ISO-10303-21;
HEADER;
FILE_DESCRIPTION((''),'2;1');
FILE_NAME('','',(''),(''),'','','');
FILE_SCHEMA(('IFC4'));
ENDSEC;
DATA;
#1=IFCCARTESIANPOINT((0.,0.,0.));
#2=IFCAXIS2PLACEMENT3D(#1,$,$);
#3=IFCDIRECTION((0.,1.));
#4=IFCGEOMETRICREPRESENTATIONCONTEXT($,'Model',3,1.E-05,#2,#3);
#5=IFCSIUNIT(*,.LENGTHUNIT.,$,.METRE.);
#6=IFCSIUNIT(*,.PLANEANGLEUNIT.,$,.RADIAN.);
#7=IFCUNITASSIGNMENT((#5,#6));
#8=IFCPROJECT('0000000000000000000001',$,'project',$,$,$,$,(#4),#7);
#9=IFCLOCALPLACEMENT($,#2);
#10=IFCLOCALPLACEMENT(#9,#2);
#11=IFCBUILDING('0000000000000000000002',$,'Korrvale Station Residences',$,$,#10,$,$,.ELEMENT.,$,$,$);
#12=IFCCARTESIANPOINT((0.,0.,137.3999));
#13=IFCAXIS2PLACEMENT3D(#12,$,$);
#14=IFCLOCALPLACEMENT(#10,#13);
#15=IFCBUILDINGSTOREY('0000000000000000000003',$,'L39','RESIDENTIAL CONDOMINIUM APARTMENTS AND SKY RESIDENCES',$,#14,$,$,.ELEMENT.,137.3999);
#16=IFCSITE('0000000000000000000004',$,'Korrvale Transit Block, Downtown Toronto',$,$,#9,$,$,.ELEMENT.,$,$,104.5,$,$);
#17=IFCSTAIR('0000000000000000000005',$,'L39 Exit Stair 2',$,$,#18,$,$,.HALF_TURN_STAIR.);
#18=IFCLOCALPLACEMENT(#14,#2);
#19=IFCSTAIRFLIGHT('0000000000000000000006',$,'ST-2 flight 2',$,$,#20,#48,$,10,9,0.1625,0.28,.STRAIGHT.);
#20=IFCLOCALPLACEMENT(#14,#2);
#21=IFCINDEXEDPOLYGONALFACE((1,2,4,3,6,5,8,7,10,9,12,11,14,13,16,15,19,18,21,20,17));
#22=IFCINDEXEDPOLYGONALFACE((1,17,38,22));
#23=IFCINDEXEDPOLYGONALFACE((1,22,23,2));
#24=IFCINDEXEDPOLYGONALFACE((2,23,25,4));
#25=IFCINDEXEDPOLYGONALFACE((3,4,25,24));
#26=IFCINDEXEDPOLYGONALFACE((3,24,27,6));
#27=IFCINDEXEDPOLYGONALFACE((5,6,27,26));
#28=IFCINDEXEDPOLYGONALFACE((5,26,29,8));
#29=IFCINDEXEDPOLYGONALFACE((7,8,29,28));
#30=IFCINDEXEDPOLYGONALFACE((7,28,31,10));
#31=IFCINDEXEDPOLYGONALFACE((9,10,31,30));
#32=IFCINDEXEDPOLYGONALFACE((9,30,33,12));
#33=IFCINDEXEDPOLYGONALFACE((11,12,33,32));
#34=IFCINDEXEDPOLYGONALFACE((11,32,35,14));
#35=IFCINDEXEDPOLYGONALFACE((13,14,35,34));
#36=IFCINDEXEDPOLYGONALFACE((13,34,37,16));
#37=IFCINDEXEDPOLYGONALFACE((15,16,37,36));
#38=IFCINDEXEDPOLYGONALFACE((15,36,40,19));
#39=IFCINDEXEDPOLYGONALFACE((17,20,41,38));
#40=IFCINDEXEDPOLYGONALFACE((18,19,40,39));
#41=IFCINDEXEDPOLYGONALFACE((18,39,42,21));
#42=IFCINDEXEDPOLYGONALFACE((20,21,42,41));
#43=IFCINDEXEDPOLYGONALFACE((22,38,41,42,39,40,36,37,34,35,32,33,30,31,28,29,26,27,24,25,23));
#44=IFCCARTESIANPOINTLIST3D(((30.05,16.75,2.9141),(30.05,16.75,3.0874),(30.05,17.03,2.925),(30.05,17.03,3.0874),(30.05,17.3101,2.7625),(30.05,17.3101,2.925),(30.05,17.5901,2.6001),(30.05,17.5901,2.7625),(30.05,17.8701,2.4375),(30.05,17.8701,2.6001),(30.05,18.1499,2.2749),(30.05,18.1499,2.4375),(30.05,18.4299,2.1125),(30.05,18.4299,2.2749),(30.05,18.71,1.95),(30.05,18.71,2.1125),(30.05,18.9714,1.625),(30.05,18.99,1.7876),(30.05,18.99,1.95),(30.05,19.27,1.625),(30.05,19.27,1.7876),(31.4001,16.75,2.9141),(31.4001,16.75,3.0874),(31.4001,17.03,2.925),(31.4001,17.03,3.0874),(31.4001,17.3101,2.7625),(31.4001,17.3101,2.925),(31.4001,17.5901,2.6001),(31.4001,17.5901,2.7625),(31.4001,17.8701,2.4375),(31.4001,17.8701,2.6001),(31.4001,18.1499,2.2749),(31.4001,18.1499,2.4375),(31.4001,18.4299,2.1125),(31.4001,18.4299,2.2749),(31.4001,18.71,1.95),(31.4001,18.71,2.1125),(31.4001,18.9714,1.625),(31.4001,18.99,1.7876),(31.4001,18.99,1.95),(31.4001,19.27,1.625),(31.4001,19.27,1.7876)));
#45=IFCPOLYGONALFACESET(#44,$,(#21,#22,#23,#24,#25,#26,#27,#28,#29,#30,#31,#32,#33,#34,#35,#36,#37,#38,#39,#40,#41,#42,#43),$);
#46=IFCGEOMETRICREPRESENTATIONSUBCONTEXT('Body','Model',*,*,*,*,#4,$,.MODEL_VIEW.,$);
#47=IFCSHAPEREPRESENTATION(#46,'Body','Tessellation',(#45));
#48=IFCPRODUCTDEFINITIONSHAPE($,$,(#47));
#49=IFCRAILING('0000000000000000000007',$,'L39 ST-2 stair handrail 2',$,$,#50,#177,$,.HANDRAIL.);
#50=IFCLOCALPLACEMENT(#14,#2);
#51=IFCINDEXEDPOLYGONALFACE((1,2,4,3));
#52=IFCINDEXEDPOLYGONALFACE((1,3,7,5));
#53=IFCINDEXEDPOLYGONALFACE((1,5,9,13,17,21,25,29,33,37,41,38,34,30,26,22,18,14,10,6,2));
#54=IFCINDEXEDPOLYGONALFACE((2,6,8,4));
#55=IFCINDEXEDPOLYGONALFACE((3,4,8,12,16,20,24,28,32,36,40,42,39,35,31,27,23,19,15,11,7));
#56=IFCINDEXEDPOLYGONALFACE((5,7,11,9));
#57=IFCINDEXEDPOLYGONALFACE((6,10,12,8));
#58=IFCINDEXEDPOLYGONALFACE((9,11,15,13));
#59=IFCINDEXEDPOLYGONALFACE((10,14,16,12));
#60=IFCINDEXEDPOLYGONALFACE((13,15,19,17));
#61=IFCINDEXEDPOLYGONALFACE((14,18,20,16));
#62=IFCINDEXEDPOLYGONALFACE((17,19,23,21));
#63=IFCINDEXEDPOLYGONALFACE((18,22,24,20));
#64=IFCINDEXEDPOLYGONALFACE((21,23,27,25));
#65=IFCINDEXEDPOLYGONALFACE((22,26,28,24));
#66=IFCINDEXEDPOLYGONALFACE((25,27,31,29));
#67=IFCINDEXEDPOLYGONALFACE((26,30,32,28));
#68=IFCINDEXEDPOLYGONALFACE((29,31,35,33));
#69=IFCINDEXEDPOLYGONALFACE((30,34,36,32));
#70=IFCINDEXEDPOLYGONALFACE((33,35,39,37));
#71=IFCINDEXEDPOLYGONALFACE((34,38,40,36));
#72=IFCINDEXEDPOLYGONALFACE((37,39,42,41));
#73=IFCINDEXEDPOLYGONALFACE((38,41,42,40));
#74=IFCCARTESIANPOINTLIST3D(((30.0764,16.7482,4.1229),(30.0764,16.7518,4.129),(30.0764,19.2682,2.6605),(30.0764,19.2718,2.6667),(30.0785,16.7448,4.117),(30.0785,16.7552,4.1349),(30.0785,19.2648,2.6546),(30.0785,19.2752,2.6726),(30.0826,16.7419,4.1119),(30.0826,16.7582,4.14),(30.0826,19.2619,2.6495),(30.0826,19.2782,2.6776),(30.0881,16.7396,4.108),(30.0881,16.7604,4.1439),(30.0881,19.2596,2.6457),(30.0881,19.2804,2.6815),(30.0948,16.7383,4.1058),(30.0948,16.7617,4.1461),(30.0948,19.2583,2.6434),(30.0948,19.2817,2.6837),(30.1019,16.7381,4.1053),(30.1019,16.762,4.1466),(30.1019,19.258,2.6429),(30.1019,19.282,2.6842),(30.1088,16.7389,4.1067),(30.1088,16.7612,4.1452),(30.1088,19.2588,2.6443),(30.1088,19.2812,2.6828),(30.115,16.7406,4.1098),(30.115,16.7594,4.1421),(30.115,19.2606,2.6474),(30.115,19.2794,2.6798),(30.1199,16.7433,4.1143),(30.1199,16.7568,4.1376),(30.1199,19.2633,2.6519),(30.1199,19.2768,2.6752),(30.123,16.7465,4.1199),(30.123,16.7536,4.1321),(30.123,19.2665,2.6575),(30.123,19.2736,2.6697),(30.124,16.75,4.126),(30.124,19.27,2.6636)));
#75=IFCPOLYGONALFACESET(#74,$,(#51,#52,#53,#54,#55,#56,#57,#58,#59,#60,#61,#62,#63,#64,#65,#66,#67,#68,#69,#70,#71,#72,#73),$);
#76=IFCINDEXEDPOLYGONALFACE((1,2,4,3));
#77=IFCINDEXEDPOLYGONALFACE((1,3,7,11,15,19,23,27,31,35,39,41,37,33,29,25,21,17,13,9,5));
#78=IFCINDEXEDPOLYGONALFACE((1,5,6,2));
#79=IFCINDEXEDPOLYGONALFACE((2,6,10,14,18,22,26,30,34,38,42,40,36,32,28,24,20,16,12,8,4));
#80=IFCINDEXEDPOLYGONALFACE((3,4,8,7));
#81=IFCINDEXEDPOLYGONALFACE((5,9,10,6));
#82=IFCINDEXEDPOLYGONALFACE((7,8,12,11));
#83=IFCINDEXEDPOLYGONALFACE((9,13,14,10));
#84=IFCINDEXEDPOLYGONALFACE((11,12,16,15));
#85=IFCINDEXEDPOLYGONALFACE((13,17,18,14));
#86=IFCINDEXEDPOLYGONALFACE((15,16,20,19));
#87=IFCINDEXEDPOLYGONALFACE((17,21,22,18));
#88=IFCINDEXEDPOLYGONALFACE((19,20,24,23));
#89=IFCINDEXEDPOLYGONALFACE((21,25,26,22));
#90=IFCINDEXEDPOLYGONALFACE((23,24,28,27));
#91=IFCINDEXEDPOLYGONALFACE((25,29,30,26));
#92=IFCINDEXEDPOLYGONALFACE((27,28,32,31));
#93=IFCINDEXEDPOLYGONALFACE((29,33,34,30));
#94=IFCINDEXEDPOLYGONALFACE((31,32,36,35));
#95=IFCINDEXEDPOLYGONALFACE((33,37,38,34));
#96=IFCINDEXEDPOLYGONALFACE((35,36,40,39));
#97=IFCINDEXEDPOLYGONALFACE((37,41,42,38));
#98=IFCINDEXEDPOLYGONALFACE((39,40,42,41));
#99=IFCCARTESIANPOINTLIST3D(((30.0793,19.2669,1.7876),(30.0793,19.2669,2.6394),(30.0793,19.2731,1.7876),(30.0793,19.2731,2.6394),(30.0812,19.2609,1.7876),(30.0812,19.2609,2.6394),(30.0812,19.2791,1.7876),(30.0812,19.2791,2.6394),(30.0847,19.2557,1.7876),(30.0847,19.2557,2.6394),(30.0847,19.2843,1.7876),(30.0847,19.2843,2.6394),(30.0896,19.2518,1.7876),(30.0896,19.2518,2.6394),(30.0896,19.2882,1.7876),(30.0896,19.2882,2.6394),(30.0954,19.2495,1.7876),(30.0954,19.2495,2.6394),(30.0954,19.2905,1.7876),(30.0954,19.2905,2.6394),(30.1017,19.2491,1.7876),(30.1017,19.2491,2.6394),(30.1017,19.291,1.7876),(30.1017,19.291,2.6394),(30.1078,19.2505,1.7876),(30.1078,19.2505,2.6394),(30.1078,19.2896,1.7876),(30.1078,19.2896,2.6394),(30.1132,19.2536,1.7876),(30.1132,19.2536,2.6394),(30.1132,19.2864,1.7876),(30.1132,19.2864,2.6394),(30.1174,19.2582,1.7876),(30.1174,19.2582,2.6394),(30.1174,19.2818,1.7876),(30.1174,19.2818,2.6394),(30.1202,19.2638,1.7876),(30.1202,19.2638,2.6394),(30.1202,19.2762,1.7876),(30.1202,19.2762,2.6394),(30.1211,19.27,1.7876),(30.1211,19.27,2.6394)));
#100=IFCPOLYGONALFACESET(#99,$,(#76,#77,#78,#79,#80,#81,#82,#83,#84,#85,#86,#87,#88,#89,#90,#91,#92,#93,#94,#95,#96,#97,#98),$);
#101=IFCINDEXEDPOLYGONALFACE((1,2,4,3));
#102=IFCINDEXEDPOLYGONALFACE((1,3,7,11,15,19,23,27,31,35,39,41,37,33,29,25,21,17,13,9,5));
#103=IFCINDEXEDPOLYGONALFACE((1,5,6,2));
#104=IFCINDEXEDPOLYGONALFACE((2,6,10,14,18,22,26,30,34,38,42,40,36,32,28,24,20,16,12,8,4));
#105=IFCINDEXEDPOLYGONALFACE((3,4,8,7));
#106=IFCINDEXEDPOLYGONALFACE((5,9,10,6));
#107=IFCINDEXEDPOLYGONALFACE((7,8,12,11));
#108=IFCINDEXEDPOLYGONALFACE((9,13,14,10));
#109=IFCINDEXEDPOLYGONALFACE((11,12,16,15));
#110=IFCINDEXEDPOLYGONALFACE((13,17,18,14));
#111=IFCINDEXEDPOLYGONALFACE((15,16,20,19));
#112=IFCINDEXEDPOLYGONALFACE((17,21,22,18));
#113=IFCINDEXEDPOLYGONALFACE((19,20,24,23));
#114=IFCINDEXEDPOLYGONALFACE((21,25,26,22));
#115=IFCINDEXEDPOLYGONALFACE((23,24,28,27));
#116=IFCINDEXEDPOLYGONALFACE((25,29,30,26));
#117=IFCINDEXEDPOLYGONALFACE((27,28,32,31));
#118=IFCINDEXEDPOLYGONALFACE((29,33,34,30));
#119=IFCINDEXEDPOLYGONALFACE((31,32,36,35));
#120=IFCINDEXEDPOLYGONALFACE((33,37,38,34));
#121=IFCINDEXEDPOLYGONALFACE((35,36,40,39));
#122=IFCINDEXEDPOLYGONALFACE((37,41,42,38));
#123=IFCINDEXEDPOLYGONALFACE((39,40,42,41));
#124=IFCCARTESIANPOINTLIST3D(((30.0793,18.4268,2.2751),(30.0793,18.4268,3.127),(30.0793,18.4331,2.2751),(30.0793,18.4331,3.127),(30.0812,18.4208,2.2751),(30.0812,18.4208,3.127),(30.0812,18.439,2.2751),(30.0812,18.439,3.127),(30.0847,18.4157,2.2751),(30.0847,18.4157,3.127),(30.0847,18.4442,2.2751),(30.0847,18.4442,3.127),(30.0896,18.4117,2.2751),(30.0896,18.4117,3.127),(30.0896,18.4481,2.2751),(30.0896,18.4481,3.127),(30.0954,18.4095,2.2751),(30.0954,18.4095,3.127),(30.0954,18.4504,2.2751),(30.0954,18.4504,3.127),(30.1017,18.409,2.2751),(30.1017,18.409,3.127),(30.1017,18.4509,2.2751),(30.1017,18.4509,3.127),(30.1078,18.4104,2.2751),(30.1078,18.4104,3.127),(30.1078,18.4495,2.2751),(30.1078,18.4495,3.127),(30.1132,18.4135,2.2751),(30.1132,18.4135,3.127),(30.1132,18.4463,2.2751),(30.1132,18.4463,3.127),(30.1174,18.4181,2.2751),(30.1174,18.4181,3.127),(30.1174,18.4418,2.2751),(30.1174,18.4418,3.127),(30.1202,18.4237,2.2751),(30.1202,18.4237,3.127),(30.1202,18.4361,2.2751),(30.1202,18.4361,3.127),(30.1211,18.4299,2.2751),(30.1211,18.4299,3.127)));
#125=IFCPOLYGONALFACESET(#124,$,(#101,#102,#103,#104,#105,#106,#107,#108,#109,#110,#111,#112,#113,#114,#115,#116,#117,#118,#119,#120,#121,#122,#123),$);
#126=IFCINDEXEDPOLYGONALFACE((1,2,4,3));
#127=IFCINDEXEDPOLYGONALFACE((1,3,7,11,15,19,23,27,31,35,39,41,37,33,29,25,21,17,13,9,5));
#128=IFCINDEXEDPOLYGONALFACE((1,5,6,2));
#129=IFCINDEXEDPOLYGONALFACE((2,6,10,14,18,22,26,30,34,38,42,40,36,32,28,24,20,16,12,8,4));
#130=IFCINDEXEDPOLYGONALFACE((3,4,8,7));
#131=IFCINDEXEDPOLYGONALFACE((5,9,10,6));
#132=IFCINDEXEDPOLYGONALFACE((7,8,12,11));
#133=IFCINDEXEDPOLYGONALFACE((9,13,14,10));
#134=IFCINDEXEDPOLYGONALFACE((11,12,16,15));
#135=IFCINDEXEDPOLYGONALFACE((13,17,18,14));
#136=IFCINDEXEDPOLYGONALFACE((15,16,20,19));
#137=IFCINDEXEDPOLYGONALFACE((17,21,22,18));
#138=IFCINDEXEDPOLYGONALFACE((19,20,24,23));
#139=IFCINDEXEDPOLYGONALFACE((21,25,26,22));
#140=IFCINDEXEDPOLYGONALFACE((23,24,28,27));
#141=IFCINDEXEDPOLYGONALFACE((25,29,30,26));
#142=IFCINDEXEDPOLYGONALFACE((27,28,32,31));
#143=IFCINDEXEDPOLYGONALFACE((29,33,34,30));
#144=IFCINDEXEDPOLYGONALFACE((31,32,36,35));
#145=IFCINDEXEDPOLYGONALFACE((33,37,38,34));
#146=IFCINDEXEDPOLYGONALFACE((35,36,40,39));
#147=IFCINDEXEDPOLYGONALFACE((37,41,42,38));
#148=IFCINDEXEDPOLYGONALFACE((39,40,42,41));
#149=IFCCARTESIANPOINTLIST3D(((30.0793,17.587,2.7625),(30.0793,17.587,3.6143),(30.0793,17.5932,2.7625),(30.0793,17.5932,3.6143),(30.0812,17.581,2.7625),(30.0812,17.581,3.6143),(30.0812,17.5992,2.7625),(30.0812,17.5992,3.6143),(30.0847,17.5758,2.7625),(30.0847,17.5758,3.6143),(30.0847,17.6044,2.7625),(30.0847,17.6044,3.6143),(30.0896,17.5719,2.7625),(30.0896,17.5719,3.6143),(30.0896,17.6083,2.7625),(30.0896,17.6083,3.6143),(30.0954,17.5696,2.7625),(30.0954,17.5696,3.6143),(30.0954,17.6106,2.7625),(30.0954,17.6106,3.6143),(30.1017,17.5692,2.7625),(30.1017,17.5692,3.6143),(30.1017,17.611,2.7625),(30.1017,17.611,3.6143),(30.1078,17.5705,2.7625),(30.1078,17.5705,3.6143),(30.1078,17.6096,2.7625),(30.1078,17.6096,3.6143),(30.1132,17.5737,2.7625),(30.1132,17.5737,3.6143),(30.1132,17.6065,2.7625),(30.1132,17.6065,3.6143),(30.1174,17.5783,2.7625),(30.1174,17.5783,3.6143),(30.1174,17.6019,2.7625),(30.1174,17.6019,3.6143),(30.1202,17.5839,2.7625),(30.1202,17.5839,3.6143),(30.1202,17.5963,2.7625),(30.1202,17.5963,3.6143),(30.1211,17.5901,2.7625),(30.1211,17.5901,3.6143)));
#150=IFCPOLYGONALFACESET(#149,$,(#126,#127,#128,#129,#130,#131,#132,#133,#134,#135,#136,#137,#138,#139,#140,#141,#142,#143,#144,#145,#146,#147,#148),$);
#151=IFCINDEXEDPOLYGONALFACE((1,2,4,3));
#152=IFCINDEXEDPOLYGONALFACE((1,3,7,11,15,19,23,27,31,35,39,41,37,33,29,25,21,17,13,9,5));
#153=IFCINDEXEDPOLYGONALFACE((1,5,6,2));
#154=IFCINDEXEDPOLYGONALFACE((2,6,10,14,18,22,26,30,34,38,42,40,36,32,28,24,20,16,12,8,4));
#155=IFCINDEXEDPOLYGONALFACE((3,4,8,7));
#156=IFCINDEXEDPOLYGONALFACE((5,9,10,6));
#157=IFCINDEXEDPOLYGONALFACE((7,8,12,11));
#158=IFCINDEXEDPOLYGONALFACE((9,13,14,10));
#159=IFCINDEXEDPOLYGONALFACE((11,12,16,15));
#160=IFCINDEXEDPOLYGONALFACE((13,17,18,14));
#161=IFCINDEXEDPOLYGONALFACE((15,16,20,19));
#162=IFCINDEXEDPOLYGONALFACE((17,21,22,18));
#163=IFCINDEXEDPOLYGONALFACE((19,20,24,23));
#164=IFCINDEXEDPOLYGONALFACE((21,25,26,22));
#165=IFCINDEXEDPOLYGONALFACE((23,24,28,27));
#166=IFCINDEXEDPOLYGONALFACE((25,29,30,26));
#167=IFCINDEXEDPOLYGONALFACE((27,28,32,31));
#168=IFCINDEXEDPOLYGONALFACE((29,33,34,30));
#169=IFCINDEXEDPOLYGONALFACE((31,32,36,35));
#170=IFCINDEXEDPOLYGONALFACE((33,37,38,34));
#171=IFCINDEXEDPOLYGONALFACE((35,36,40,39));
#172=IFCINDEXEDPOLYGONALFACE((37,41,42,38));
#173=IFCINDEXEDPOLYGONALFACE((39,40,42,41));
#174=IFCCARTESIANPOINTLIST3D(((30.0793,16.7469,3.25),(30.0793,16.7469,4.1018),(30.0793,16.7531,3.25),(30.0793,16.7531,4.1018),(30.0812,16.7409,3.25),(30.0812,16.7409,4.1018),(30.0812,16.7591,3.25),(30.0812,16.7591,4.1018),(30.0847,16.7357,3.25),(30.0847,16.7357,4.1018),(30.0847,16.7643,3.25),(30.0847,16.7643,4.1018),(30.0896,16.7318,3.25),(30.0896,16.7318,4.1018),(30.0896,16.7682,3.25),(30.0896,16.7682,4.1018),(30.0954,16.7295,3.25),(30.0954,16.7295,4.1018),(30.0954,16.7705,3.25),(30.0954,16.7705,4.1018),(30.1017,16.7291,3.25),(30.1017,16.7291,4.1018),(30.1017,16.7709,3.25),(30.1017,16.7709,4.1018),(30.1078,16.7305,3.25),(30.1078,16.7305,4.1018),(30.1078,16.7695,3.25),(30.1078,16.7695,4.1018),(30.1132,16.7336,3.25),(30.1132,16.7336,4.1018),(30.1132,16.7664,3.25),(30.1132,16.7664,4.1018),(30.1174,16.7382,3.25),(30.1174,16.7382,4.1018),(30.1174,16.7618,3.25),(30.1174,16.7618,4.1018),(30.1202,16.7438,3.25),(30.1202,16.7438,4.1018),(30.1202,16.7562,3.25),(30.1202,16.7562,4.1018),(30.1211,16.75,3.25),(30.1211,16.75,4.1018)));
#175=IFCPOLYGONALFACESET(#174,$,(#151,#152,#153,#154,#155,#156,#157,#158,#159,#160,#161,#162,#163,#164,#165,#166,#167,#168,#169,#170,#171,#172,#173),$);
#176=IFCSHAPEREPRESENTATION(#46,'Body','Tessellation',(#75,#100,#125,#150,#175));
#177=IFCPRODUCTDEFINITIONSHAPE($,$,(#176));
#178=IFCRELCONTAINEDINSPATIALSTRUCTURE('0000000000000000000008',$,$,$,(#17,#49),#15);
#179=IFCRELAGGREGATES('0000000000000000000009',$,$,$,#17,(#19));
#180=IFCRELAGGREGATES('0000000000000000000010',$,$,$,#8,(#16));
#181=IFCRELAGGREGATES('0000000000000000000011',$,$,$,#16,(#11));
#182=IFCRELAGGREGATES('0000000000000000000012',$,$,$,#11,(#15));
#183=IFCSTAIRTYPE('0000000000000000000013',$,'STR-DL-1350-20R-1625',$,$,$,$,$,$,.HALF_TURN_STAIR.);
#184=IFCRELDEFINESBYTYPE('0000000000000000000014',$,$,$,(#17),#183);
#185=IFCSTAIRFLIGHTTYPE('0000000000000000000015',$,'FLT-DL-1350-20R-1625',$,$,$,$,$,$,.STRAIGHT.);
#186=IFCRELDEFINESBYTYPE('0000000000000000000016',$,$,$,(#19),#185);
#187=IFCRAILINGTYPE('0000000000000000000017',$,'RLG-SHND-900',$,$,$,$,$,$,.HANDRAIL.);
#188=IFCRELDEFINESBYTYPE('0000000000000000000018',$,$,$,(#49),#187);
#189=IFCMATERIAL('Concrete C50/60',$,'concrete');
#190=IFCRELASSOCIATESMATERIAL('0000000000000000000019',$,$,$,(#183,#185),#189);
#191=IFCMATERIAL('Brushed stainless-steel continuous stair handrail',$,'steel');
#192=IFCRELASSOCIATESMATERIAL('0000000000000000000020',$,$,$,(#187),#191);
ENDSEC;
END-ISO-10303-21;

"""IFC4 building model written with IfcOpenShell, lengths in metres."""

from ifc_helpers import new_model, si_unit, direction, frame, origin, origin_2d, place, context, subcontext, project, spatial, polyline, circle, outline, extrude, material, type_object, element, aggregate, save


model = new_model("IFC4")

# Units and contexts
model_context = context("Model", 3, precision=1e-05, world=origin(), true_north=direction((0.0, 1.0)))
body_context = subcontext(model_context, "Body", "Model", "MODEL_VIEW")
ifc_project = project(units=[si_unit("LENGTHUNIT", "METRE"), si_unit("PLANEANGLEUNIT", "RADIAN")], contexts=[model_context])

# Site, building, storey
site_placement = place(None, origin())
site = spatial("IfcSite", under=ifc_project, at=site_placement, Name="Korrvale Transit Block, Downtown Toronto", CompositionType="ELEMENT", RefElevation=104.5)
building_placement = place(site_placement, origin())
building = spatial("IfcBuilding", under=site, at=building_placement, Name="Korrvale Station Residences", CompositionType="ELEMENT")
storey_placement = place(building_placement, frame((0.0, 0.0, 137.3999)))
storey = spatial("IfcBuildingStorey", under=building, at=storey_placement, Name="L39", Description="RESIDENTIAL CONDOMINIUM APARTMENTS AND SKY RESIDENCES", CompositionType="ELEMENT", Elevation=137.3999)

# Stair, stair flight
ifc_material_1 = material(Name="Concrete C50/60", Category="concrete")
stair_type = type_object("IfcStairType", Name="STR-DL-1350-20R-1625", PredefinedType="HALF_TURN_STAIR", material=ifc_material_1)
stair_placement = place(storey_placement, origin())
stair = element("IfcStair", 1, at=stair_placement, inside=storey, type_object=stair_type, Name="L39 Exit Stair 2", PredefinedType="HALF_TURN_STAIR")
stair_flight_type = type_object("IfcStairFlightType", Name="FLT-DL-1350-20R-1625", PredefinedType="STRAIGHT", material=ifc_material_1)
stair_flight_placement = place(storey_placement, frame((30.7251, 19.27, 1.625), z_axis=(0.0, 0.0, 1.0), x_axis=(0.0, -1.0, 0.0)))
stair_flight = element("IfcStairFlight", 2, at=stair_flight_placement, type_object=stair_flight_type, Name="ST-2 flight 2", NumberOfRisers=10, NumberOfTreads=9, PredefinedType="STRAIGHT", RiserHeight=0.1625, TreadLength=0.28, context=body_context, shape_type="SweptSolid", body=[
    extrude(outline(polyline([(0.0, 0.0), (0.0, 0.1626), (0.28, 0.1626), (0.28, 0.325), (0.5601, 0.325), (0.5601, 0.4875), (0.8401, 0.4875), (0.8401, 0.6499), (1.1201, 0.6499), (1.1201, 0.8125), (1.3999, 0.8125), (1.3999, 0.9751), (1.6799, 0.9751), (1.6799, 1.1375), (1.96, 1.1375), (1.96, 1.3), (2.24, 1.3), (2.24, 1.4624), (2.52, 1.4624), (2.52, 1.625), (2.52, 1.2891), (0.2986, 0.0), (0.0, 0.0)])), frame((0.0, 0.675, 0.0), z_axis=(0.0, -1.0, 0.0), x_axis=(1.0, 0.0, 0.0)), (0.0, 0.0, 1.0), 1.3501),
])
aggregate(stair, [stair_flight])

# Railing
ifc_material_2 = material(Name="Brushed stainless-steel continuous stair handrail", Category="steel")
railing_type_1 = type_object("IfcRailingType", Name="RLG-SHND-900", PredefinedType="HANDRAIL", material=ifc_material_2)
railing_1_placement = place(storey_placement, frame((30.1001, 19.27, 1.7876)))
element("IfcRailing", 3, at=railing_1_placement, inside=storey, type_object=railing_type_1, Name="L39 ST-2 stair handrail 2", PredefinedType="HANDRAIL", context=body_context, shape_type="SweptSolid", body=[
    extrude(circle(Radius=0.0239, at=origin_2d()), frame((0.0, 0.0, 0.876), z_axis=(0.0, -0.864913, 0.501921), x_axis=(1.0, 0.0, 0.0)), (0.0, 0.0, 1.0), 2.9136),
    extrude(circle(Radius=0.021, at=origin_2d()), origin(), (0.0, 0.0, 1.0), 0.8518),
    extrude(circle(Radius=0.021, at=origin_2d()), frame((0.0, -0.8401, 0.4875)), (0.0, 0.0, 1.0), 0.8518),
    extrude(circle(Radius=0.021, at=origin_2d()), frame((0.0, -1.6799, 0.9749)), (0.0, 0.0, 1.0), 0.8518),
    extrude(circle(Radius=0.021, at=origin_2d()), frame((0.0, -2.52, 1.4624)), (0.0, 0.0, 1.0), 0.8518),
])

save(model, "model.ifc")
